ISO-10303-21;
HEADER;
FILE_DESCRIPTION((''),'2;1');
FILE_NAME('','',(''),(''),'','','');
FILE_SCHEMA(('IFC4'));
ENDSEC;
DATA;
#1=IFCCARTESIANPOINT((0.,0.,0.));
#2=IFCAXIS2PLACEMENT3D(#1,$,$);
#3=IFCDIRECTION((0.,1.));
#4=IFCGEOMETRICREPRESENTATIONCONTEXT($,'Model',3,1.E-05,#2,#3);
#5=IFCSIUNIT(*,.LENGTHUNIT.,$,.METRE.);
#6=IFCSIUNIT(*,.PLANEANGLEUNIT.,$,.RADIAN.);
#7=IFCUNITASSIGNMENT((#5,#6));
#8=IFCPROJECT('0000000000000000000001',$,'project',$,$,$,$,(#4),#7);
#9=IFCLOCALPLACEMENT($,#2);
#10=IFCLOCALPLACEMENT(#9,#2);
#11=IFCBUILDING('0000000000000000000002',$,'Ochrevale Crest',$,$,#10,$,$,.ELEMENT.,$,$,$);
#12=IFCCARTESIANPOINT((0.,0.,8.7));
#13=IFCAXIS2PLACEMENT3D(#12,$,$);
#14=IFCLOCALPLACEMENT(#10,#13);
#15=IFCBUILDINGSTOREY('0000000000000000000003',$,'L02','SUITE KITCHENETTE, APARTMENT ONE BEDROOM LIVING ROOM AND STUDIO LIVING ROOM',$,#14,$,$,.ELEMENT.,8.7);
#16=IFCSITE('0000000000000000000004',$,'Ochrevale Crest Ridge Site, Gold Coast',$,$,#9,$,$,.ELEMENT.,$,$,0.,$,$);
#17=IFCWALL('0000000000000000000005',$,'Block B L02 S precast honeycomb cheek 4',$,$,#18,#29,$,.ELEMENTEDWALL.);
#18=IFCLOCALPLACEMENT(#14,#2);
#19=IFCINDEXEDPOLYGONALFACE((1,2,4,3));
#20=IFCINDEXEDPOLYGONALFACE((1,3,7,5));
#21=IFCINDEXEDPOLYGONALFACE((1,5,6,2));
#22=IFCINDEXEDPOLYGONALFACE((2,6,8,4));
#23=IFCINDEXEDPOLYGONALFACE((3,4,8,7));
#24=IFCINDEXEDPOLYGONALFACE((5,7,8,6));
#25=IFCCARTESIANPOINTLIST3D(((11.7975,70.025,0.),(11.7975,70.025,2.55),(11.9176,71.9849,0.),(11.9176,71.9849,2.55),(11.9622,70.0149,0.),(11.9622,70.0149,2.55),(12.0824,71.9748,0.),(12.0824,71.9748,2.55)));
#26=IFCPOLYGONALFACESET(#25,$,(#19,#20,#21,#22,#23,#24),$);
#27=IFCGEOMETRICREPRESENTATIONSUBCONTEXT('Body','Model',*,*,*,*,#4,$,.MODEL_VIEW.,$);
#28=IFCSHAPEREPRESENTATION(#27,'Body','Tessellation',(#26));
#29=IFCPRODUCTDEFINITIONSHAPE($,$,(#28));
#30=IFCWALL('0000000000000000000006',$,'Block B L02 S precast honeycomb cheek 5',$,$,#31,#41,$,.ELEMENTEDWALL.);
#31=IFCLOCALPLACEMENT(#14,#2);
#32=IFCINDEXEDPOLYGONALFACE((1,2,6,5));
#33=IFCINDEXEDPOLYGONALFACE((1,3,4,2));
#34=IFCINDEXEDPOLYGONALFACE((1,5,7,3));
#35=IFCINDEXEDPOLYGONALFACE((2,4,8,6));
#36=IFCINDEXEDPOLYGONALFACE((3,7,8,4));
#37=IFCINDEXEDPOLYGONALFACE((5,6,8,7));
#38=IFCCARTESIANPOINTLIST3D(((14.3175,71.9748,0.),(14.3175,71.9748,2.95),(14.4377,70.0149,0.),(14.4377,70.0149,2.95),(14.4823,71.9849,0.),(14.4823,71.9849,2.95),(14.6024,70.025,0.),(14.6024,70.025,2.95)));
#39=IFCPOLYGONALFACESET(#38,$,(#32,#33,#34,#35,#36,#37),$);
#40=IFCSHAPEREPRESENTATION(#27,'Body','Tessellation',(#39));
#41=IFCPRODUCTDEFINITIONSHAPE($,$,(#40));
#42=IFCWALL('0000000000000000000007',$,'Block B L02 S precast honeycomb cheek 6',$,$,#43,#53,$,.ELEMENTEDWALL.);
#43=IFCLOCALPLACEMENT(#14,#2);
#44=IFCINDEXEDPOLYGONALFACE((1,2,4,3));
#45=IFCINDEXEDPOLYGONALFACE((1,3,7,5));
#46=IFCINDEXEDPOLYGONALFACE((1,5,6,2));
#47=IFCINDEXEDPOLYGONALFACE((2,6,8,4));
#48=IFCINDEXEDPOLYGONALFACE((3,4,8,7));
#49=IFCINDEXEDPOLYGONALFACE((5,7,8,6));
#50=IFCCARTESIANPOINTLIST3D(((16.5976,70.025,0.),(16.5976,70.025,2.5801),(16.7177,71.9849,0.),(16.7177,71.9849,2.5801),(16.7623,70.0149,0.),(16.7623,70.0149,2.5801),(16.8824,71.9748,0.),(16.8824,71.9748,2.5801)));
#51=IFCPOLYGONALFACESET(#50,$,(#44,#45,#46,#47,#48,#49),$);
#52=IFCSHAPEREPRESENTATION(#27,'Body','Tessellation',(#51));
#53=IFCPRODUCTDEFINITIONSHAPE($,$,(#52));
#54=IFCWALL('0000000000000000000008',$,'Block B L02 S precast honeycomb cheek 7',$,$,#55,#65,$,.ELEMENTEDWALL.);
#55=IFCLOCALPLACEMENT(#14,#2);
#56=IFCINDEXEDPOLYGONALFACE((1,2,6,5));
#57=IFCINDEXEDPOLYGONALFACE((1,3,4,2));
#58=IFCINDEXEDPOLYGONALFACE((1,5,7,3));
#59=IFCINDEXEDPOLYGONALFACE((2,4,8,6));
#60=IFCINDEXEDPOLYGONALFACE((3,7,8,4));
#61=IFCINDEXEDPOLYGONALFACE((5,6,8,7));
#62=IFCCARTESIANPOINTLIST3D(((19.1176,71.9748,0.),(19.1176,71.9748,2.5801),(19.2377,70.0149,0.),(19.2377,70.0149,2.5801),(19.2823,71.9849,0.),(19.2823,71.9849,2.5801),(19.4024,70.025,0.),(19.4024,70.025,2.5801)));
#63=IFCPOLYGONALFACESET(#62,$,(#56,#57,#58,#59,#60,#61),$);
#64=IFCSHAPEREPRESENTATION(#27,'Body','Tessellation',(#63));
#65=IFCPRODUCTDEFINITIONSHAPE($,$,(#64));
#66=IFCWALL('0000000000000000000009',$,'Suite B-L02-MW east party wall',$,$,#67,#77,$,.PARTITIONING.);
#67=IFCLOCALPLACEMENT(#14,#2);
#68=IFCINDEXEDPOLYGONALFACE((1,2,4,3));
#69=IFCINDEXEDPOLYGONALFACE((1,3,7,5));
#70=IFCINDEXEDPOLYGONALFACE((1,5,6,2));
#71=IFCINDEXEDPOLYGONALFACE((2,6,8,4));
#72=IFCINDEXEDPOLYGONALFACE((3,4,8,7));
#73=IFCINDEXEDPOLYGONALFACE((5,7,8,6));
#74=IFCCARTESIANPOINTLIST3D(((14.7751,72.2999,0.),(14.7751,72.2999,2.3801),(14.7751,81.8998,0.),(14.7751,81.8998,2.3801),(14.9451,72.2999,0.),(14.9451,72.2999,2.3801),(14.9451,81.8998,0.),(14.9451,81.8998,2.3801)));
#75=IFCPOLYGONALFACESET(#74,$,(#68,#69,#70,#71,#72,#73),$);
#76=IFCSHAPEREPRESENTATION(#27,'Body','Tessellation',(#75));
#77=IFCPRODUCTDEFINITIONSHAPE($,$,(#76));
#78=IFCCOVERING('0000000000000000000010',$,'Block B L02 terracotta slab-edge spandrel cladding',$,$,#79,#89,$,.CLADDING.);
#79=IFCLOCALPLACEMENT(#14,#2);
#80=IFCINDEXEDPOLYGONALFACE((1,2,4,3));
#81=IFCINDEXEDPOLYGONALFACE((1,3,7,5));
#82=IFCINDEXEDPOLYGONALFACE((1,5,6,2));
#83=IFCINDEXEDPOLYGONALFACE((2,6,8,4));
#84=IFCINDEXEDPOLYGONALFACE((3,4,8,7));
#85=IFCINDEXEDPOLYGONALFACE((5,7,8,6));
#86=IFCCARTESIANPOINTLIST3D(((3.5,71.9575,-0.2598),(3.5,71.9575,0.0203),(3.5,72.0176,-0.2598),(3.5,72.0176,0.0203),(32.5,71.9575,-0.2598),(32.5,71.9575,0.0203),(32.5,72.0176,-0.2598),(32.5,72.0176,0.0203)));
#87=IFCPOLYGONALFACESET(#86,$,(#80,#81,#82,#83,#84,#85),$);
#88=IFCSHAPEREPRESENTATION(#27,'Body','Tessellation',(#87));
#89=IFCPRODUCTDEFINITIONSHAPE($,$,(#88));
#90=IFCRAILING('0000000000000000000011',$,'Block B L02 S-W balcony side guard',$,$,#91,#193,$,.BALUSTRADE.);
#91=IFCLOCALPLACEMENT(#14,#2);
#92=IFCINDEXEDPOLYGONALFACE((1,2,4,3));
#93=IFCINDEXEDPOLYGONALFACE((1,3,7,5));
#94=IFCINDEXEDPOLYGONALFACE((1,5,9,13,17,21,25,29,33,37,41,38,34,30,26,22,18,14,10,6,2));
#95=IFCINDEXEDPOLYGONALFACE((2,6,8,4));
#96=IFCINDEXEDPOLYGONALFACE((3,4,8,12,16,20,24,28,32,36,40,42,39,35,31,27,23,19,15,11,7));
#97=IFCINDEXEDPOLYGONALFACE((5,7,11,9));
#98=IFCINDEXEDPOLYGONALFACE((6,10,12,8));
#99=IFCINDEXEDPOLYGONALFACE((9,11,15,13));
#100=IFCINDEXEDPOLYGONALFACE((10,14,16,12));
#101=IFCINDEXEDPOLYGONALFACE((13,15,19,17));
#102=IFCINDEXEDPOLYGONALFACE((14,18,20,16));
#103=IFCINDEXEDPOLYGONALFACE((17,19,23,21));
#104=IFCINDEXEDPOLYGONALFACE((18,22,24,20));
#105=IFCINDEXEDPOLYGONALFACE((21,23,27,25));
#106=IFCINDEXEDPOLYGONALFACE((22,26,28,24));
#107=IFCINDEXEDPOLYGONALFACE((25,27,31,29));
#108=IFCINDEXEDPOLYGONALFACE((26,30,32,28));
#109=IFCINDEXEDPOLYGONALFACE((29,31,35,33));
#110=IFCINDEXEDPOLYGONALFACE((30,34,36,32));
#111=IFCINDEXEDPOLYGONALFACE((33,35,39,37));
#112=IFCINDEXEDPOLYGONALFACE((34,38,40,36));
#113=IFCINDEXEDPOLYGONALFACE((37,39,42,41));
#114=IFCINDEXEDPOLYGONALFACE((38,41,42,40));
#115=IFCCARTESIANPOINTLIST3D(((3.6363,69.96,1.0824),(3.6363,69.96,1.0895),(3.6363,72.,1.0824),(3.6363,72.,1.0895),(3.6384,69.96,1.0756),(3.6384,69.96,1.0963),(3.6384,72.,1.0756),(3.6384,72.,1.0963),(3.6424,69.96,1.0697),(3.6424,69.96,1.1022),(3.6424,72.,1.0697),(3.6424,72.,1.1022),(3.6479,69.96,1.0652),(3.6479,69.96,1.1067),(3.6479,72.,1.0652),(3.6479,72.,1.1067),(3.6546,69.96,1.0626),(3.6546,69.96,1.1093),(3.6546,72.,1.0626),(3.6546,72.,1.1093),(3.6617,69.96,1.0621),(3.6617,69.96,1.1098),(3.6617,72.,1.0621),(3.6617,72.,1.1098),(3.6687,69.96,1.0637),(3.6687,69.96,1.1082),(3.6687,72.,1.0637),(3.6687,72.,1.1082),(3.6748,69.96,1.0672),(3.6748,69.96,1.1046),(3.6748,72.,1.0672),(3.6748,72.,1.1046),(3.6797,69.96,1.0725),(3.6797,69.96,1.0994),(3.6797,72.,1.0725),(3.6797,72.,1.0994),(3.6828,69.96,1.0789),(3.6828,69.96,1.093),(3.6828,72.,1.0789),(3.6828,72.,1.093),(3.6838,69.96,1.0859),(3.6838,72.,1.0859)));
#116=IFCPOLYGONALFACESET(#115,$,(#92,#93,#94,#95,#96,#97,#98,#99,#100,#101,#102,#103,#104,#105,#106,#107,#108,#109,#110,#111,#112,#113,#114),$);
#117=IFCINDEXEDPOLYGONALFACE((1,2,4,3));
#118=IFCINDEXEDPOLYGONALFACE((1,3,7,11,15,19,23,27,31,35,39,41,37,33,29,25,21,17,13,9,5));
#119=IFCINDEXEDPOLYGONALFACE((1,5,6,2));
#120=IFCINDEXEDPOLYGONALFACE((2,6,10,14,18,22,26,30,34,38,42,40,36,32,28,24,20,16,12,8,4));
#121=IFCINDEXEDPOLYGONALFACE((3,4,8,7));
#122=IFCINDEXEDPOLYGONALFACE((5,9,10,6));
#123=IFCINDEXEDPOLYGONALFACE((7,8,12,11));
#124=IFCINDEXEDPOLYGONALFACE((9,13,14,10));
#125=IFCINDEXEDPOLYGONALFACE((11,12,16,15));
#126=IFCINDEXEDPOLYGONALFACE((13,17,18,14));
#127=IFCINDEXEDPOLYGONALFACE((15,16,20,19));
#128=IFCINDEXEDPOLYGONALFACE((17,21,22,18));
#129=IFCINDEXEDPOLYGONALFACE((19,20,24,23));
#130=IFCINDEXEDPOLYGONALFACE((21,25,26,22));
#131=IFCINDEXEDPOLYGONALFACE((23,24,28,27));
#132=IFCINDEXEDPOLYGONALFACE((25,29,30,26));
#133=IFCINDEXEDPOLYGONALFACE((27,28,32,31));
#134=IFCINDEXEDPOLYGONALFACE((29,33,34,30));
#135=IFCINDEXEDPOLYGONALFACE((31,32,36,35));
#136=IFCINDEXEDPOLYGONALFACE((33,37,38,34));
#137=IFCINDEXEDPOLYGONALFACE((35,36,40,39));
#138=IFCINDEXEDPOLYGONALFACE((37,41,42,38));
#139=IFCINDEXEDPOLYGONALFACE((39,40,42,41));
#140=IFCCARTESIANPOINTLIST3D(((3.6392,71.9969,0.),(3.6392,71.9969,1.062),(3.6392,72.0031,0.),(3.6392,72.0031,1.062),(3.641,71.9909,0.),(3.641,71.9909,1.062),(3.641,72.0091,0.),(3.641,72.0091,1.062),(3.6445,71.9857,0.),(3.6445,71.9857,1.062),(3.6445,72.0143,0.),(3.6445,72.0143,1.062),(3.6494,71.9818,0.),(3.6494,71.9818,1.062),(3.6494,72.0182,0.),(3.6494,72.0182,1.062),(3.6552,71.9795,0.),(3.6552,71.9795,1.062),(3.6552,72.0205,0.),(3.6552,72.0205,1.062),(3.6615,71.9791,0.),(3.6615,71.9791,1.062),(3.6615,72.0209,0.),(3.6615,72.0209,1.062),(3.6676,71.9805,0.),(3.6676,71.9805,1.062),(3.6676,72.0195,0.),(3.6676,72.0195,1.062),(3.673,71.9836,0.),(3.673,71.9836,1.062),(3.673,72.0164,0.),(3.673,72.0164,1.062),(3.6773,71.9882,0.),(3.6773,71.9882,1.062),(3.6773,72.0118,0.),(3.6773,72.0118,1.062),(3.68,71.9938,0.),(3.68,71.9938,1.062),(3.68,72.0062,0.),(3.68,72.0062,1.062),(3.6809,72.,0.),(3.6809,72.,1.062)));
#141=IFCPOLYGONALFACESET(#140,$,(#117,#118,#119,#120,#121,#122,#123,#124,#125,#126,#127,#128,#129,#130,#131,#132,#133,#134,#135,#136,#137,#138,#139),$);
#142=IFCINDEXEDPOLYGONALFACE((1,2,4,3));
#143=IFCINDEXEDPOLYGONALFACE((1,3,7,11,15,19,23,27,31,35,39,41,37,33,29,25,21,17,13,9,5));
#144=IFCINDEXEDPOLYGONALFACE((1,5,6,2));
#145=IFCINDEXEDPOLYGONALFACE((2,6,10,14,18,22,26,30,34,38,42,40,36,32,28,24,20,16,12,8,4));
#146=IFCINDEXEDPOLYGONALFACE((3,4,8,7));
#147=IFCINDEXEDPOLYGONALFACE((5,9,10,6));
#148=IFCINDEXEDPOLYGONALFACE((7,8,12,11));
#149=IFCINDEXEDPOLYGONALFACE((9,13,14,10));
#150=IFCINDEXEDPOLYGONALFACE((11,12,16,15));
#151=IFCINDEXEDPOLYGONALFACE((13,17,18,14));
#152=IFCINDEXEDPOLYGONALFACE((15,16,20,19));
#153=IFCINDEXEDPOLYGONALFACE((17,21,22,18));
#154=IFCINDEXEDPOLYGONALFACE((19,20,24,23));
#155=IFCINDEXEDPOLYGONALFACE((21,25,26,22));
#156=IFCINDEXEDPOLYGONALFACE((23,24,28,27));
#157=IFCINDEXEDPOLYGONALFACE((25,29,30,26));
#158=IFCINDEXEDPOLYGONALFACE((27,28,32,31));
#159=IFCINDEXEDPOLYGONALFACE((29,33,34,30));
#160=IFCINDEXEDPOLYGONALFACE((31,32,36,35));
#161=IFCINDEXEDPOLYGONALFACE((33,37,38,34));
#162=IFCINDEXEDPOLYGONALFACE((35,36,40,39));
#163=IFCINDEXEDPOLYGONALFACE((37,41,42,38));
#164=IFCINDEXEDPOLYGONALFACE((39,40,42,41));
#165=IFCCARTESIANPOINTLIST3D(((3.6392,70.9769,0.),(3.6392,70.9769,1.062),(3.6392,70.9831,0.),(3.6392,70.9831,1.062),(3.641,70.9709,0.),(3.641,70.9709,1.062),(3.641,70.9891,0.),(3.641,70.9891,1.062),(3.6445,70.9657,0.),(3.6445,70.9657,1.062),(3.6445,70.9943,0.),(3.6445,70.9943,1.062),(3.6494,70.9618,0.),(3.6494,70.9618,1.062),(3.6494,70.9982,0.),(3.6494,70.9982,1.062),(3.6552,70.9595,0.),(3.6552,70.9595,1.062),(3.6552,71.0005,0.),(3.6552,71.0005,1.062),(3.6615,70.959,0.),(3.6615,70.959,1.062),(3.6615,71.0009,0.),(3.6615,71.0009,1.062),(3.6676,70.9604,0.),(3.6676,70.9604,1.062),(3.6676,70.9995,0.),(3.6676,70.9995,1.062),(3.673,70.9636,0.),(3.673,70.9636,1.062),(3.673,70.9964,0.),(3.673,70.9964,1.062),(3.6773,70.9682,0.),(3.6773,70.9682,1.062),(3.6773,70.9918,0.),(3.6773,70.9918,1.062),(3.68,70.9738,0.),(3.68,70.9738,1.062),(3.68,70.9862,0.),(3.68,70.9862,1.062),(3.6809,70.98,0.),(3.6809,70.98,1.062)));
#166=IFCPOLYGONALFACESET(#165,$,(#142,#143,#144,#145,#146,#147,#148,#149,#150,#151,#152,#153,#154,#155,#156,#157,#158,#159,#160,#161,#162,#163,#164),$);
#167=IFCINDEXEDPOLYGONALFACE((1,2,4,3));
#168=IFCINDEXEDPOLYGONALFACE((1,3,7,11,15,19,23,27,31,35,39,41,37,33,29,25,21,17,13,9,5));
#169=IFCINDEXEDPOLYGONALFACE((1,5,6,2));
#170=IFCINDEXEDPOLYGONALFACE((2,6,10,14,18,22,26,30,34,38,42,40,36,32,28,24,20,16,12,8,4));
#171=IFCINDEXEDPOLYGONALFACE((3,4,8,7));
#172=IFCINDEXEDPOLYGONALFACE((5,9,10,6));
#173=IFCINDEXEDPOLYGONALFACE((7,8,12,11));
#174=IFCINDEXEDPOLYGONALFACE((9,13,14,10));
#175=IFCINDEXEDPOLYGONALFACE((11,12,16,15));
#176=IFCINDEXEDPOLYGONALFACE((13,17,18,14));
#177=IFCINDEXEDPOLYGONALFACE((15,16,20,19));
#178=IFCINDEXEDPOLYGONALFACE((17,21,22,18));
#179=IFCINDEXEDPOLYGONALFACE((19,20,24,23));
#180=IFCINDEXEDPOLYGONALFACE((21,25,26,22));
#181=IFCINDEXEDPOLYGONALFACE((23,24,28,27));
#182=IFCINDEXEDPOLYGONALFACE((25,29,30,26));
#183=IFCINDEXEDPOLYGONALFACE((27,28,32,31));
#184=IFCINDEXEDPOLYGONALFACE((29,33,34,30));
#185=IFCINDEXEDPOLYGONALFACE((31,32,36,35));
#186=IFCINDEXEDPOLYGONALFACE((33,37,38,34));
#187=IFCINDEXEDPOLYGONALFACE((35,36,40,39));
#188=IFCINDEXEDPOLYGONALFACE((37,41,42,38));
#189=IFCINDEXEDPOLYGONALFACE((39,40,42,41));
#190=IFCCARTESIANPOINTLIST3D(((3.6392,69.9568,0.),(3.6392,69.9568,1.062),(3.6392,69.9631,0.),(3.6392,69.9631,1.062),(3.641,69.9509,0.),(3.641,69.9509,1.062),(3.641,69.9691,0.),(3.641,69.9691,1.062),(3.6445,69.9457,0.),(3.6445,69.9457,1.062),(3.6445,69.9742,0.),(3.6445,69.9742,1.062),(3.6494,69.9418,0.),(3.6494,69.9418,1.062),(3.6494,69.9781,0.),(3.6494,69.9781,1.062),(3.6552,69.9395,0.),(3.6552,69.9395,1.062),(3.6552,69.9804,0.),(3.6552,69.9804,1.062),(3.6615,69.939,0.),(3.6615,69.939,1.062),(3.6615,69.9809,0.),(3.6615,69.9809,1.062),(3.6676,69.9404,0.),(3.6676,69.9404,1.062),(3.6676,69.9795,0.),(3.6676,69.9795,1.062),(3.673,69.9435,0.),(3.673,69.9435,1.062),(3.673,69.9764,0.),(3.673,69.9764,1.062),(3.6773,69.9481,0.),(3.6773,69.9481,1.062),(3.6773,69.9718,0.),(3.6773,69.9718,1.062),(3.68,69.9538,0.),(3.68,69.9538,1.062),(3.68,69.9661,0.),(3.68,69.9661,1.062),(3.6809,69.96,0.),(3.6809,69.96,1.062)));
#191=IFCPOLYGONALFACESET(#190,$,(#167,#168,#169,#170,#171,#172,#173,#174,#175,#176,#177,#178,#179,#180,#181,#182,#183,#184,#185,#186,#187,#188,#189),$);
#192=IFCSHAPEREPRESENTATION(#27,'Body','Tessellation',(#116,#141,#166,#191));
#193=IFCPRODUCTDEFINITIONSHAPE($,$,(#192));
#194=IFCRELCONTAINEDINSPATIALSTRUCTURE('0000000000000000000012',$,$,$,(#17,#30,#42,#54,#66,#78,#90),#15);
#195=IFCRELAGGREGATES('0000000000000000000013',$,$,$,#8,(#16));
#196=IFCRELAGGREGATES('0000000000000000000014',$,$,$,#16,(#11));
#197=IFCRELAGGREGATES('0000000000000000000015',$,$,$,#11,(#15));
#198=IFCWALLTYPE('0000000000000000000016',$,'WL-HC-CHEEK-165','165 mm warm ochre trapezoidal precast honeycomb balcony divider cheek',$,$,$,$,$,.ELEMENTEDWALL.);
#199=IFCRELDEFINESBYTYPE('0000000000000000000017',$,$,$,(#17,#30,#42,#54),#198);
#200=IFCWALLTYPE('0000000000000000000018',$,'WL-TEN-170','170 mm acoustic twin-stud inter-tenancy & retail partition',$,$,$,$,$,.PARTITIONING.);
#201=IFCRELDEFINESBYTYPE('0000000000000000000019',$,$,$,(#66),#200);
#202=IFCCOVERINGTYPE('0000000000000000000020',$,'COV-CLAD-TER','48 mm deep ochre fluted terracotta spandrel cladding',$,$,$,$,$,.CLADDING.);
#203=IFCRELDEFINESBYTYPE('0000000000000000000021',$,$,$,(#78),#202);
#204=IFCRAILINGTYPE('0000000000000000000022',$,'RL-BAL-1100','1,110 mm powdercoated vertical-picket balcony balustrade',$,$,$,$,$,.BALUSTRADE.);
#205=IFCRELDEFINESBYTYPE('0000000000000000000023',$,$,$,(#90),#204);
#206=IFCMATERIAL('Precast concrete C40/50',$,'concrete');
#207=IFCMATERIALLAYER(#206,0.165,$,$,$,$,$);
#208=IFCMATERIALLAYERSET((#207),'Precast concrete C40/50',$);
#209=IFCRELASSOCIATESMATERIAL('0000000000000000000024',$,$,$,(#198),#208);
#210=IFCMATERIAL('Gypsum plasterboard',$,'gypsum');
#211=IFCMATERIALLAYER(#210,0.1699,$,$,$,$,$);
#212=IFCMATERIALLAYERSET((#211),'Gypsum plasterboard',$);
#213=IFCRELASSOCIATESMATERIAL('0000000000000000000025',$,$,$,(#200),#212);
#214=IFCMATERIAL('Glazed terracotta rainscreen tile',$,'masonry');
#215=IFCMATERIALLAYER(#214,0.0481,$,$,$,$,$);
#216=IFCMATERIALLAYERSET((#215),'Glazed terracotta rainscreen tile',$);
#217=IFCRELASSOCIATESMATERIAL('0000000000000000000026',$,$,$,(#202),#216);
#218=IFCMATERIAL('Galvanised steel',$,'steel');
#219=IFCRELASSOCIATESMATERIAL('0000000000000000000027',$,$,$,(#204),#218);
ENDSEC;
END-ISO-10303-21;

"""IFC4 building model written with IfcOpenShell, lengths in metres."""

from ifc_helpers import new_model, si_unit, direction, frame, frame_2d, origin, origin_2d, place, context, subcontext, project, spatial, rectangle, circle, extrude, material, layer, layer_set, type_object, element, save


model = new_model("IFC4")

# Units and contexts
model_context = context("Model", 3, precision=1e-05, world=origin(), true_north=direction((0.0, 1.0)))
body_context = subcontext(model_context, "Body", "Model", "MODEL_VIEW")
ifc_project = project(units=[si_unit("LENGTHUNIT", "METRE"), si_unit("PLANEANGLEUNIT", "RADIAN")], contexts=[model_context])

# Site, building, storey
site_placement = place(None, origin())
site = spatial("IfcSite", under=ifc_project, at=site_placement, Name="Ochrevale Crest Ridge Site, Gold Coast", CompositionType="ELEMENT", RefElevation=0.0)
building_placement = place(site_placement, origin())
building = spatial("IfcBuilding", under=site, at=building_placement, Name="Ochrevale Crest", CompositionType="ELEMENT")
storey_placement = place(building_placement, frame((0.0, 0.0, 8.7)))
storey = spatial("IfcBuildingStorey", under=building, at=storey_placement, Name="L02", Description="SUITE KITCHENETTE, APARTMENT ONE BEDROOM LIVING ROOM AND STUDIO LIVING ROOM", CompositionType="ELEMENT", Elevation=8.7)

# Shared definitions
ifc_material_1 = material(Name="Precast concrete C40/50", Category="concrete")

# Walls
ifc_layer_1 = layer(ifc_material_1, 0.165)
ifc_layer_set_1 = layer_set([ifc_layer_1], Name="Precast concrete C40/50")
wall_type_1 = type_object("IfcWallType", Name="WL-HC-CHEEK-165", Description="165 mm warm ochre trapezoidal precast honeycomb balcony divider cheek", PredefinedType="ELEMENTEDWALL", material=ifc_layer_set_1)
for number, where, z_axis, x_axis, name in (
    (1, (12.0, 71.98, 0.0), (0.0, 0.0, 1.0), (-0.061171, -0.998127, 0.0), "Block B L02 S precast honeycomb cheek 4"),
):
    element("IfcWall", number, at=place(storey_placement, frame(where, z_axis=z_axis, x_axis=x_axis)), inside=storey, type_object=wall_type_1, Name=name, PredefinedType="ELEMENTEDWALL", context=body_context, shape_type="SweptSolid", body=[
        extrude(rectangle(XDim=1.9636, YDim=0.165, at=frame_2d((0.9819, 0.0))), origin(), (0.0, 0.0, 1.0), 2.55),
    ])
wall_1_placement = place(storey_placement, frame((14.3999, 71.98, 0.0), z_axis=(0.0, 0.0, 1.0), x_axis=(0.061171, -0.998127, 0.0)))
element("IfcWall", 2, at=wall_1_placement, inside=storey, type_object=wall_type_1, Name="Block B L02 S precast honeycomb cheek 5", PredefinedType="ELEMENTEDWALL", context=body_context, shape_type="SweptSolid", body=[
    extrude(rectangle(XDim=1.9636, YDim=0.165, at=frame_2d((0.9819, 0.0))), origin(), (0.0, 0.0, 1.0), 2.95),
])
for number, where, z_axis, x_axis, name in (
    (3, (16.8, 71.98, 0.0), (0.0, 0.0, 1.0), (-0.061171, -0.998127, 0.0), "Block B L02 S precast honeycomb cheek 6"),
    (4, (19.2, 71.98, 0.0), (0.0, 0.0, 1.0), (0.061171, -0.998127, 0.0), "Block B L02 S precast honeycomb cheek 7"),
):
    element("IfcWall", number, at=place(storey_placement, frame(where, z_axis=z_axis, x_axis=x_axis)), inside=storey, type_object=wall_type_1, Name=name, PredefinedType="ELEMENTEDWALL", context=body_context, shape_type="SweptSolid", body=[
        extrude(rectangle(XDim=1.9636, YDim=0.165, at=frame_2d((0.9819, 0.0))), origin(), (0.0, 0.0, 1.0), 2.5801),
    ])
ifc_material_2 = material(Name="Gypsum plasterboard", Category="gypsum")
ifc_layer_2 = layer(ifc_material_2, 0.1699)
ifc_layer_set_2 = layer_set([ifc_layer_2], Name="Gypsum plasterboard")
wall_type_2 = type_object("IfcWallType", Name="WL-TEN-170", Description="170 mm acoustic twin-stud inter-tenancy & retail partition", PredefinedType="PARTITIONING", material=ifc_layer_set_2)
wall_2_placement = place(storey_placement, frame((14.8601, 72.3, 0.0), z_axis=(0.0, 0.0, 1.0), x_axis=(0.0, 1.0, 0.0)))
element("IfcWall", 5, at=wall_2_placement, inside=storey, type_object=wall_type_2, Name="Suite B-L02-MW east party wall", PredefinedType="PARTITIONING", context=body_context, shape_type="SweptSolid", body=[
    extrude(rectangle(XDim=9.5999, YDim=0.1699, at=frame_2d((4.7998, 0.0))), origin(), (0.0, 0.0, 1.0), 2.3801),
])

# Covering
ifc_material_3 = material(Name="Glazed terracotta rainscreen tile", Category="masonry")
ifc_layer_3 = layer(ifc_material_3, 0.0481)
ifc_layer_set_3 = layer_set([ifc_layer_3], Name="Glazed terracotta rainscreen tile")
covering_type = type_object("IfcCoveringType", Name="COV-CLAD-TER", Description="48 mm deep ochre fluted terracotta spandrel cladding", PredefinedType="CLADDING", material=ifc_layer_set_3)
covering_placement = place(storey_placement, frame((18.0, 71.9875, -0.2598), z_axis=(0.0, 0.0, 1.0), x_axis=(1.0, 0.0, 0.0)))
element("IfcCovering", 6, at=covering_placement, inside=storey, type_object=covering_type, Name="Block B L02 terracotta slab-edge spandrel cladding", PredefinedType="CLADDING", context=body_context, shape_type="SweptSolid", body=[
    extrude(rectangle(XDim=29.0, YDim=0.0601, at=origin_2d()), origin(), (0.0, 0.0, 1.0), 0.28),
])

# Railing
ifc_material_4 = material(Name="Galvanised steel", Category="steel")
railing_type = type_object("IfcRailingType", Name="RL-BAL-1100", Description="1,110 mm powdercoated vertical-picket balcony balustrade", PredefinedType="BALUSTRADE", material=ifc_material_4)
railing_placement = place(storey_placement, frame((3.6599, 72.0, 0.0)))
element("IfcRailing", 7, at=railing_placement, inside=storey, type_object=railing_type, Name="Block B L02 S-W balcony side guard", PredefinedType="BALUSTRADE", context=body_context, shape_type="SweptSolid", body=[
    extrude(circle(Radius=0.0239, at=origin_2d()), frame((0.0, 0.0, 1.0859), z_axis=(0.0, -1.0, 0.0), x_axis=(1.0, 0.0, 0.0)), (0.0, 0.0, 1.0), 2.04),
    extrude(circle(Radius=0.021, at=origin_2d()), origin(), (0.0, 0.0, 1.0), 1.062),
    extrude(circle(Radius=0.021, at=origin_2d()), frame((0.0, -1.02, 0.0)), (0.0, 0.0, 1.0), 1.062),
    extrude(circle(Radius=0.021, at=origin_2d()), frame((0.0, -2.04, 0.0)), (0.0, 0.0, 1.0), 1.062),
])

save(model, "model.ifc")
